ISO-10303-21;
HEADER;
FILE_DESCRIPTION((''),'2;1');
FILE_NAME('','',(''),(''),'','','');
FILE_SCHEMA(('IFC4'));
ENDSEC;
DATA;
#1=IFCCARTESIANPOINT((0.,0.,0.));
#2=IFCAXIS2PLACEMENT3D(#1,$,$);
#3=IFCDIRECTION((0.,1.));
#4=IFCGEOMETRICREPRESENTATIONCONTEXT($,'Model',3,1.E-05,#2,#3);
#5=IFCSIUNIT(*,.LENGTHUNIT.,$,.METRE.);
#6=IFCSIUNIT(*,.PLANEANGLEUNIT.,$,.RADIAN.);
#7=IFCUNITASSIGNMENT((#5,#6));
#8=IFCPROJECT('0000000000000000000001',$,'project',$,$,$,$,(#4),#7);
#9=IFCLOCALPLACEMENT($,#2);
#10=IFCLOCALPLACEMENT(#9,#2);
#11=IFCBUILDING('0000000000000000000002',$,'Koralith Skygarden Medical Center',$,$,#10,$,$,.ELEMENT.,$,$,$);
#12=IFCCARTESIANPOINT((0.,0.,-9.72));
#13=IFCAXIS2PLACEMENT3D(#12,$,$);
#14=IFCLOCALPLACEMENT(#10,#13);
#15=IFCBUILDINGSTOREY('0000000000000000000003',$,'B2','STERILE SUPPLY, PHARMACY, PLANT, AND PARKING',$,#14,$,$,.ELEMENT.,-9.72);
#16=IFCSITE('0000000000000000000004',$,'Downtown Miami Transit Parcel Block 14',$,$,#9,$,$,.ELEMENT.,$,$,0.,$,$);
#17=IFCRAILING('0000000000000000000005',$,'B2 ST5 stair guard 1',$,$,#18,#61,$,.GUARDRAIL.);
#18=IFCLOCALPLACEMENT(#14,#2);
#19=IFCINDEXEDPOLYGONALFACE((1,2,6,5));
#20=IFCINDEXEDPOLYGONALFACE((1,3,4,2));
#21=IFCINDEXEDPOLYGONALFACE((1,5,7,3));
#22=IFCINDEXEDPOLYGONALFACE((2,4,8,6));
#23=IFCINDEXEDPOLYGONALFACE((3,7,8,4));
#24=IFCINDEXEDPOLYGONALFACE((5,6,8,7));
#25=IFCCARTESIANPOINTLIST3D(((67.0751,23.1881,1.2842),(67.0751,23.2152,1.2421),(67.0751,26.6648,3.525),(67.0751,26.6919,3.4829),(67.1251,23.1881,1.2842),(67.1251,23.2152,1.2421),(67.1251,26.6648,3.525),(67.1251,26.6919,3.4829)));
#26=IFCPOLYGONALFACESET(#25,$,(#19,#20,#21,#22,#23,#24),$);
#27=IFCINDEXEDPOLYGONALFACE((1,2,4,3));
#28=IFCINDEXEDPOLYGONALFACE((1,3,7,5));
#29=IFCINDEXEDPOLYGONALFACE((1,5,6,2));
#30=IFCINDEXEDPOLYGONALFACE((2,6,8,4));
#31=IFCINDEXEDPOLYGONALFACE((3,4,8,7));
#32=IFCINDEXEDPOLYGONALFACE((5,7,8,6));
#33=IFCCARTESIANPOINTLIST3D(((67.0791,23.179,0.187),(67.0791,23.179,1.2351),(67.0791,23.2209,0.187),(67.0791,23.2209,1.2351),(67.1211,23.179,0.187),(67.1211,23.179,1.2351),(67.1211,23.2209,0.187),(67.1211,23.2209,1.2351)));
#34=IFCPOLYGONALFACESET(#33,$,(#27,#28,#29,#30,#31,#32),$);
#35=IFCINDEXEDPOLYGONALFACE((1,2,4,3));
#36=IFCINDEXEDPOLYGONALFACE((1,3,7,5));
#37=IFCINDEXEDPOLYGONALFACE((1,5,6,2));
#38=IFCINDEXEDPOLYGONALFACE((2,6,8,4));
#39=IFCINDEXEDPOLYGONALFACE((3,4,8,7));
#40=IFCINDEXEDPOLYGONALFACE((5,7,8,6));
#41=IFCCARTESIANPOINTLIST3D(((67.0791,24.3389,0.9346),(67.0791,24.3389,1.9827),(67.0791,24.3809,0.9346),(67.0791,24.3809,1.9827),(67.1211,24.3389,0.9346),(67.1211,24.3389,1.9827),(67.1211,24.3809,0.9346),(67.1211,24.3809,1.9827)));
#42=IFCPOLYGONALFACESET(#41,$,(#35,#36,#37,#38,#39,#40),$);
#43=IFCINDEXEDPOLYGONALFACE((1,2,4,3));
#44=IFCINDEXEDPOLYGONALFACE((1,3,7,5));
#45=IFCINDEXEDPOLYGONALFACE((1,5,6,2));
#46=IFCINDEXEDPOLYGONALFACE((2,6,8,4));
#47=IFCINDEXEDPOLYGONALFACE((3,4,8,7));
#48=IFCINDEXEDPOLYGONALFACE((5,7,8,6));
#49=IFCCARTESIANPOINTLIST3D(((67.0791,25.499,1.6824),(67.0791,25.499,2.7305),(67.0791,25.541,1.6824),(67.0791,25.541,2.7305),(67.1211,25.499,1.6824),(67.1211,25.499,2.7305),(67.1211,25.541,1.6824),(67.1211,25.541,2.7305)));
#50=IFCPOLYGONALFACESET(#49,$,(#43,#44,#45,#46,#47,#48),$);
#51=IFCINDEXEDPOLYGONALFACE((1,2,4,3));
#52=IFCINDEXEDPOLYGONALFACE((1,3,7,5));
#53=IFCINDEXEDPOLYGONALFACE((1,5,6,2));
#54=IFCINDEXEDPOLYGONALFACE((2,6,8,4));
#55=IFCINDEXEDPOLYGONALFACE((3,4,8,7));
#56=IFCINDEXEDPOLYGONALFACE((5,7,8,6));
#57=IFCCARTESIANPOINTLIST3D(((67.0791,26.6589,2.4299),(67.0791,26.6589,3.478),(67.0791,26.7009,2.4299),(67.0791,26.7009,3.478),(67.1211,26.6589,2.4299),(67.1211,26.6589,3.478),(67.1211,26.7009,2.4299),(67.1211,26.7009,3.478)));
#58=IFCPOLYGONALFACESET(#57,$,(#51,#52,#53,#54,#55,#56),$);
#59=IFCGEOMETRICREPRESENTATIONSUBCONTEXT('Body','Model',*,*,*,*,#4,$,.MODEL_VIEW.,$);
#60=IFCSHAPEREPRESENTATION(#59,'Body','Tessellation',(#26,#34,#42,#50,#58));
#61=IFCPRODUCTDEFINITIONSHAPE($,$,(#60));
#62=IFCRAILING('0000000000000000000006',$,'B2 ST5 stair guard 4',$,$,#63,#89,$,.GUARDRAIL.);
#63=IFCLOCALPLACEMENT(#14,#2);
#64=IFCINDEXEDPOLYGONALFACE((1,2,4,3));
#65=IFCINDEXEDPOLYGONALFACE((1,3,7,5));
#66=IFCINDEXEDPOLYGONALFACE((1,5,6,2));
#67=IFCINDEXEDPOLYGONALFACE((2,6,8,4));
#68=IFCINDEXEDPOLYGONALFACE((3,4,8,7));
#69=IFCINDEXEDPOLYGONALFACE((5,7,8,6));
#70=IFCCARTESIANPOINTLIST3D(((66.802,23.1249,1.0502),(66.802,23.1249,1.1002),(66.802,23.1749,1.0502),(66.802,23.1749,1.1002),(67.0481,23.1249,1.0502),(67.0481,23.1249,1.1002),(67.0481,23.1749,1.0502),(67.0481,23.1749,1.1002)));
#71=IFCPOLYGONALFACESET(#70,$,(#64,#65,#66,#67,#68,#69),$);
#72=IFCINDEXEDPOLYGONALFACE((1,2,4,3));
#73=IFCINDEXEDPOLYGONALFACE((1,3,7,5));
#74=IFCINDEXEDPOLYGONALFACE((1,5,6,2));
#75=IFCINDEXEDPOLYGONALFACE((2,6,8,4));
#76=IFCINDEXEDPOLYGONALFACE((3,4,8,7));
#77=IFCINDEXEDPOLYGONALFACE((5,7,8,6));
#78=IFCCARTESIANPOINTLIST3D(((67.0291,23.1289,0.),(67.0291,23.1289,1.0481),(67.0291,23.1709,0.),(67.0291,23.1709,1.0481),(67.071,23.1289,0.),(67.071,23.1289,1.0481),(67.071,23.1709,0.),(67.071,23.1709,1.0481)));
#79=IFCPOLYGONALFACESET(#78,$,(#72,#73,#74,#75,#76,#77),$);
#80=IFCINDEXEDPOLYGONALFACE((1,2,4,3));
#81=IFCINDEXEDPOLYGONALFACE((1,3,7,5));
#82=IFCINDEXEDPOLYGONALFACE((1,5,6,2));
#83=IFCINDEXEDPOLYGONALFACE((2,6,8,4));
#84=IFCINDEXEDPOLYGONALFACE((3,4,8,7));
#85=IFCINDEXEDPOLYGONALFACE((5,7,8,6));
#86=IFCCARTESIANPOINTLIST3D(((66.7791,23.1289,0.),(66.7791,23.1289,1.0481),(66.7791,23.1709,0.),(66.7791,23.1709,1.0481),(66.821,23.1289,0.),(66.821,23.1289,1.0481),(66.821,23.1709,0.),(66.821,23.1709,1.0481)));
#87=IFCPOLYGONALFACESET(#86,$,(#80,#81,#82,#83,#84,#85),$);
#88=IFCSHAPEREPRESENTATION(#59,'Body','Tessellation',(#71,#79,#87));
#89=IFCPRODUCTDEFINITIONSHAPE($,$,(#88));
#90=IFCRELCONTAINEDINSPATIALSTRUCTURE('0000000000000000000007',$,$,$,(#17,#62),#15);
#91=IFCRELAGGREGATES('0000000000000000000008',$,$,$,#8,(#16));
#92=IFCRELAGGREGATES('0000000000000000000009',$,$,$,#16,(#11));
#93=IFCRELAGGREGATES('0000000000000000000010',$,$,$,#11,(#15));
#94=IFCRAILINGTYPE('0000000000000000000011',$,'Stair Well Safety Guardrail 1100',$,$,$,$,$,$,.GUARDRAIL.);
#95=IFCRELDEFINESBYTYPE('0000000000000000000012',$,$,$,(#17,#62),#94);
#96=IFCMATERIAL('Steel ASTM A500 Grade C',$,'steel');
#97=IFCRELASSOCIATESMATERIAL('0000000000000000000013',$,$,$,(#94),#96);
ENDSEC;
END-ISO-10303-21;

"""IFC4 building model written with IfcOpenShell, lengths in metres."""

from ifc_helpers import new_model, si_unit, direction, frame, origin, origin_2d, place, context, subcontext, project, spatial, rectangle, extrude, material, type_object, element, save


model = new_model("IFC4")

# Units and contexts
model_context = context("Model", 3, precision=1e-05, world=origin(), true_north=direction((0.0, 1.0)))
body_context = subcontext(model_context, "Body", "Model", "MODEL_VIEW")
ifc_project = project(units=[si_unit("LENGTHUNIT", "METRE"), si_unit("PLANEANGLEUNIT", "RADIAN")], contexts=[model_context])

# Site, building, storey
site_placement = place(None, origin())
site = spatial("IfcSite", under=ifc_project, at=site_placement, Name="Downtown Miami Transit Parcel Block 14", CompositionType="ELEMENT", RefElevation=0.0)
building_placement = place(site_placement, origin())
building = spatial("IfcBuilding", under=site, at=building_placement, Name="Koralith Skygarden Medical Center", CompositionType="ELEMENT")
storey_placement = place(building_placement, frame((0.0, 0.0, -9.72)))
storey = spatial("IfcBuildingStorey", under=building, at=storey_placement, Name="B2", Description="STERILE SUPPLY, PHARMACY, PLANT, AND PARKING", CompositionType="ELEMENT", Elevation=-9.72)

# Shared definitions
ifc_material_1 = material(Name="Steel ASTM A500 Grade C", Category="steel")

# Railings
railing_type_1 = type_object("IfcRailingType", Name="Stair Well Safety Guardrail 1100", PredefinedType="GUARDRAIL", material=ifc_material_1)
railing_1_placement = place(storey_placement, frame((67.1001, 23.2, 0.187)))
element("IfcRailing", 1, at=railing_1_placement, inside=storey, type_object=railing_type_1, Name="B2 ST5 stair guard 1", PredefinedType="GUARDRAIL", context=body_context, shape_type="SweptSolid", body=[
    extrude(rectangle(XDim=0.05, YDim=0.05, at=origin_2d()), frame((0.0, 0.0017, 1.0762), z_axis=(0.0, 0.840542, 0.541747), x_axis=(-1.0, 0.0, 0.0)), (0.0, 0.0, 1.0), 4.1362),
    extrude(rectangle(XDim=0.042, YDim=0.042, at=origin_2d()), origin(), (0.0, 0.0, 1.0), 1.0481),
    extrude(rectangle(XDim=0.042, YDim=0.042, at=origin_2d()), frame((0.0, 1.1599, 0.7476)), (0.0, 0.0, 1.0), 1.0481),
    extrude(rectangle(XDim=0.042, YDim=0.042, at=origin_2d()), frame((0.0, 2.3201, 1.4954)), (0.0, 0.0, 1.0), 1.0481),
    extrude(rectangle(XDim=0.042, YDim=0.042, at=origin_2d()), frame((0.0, 3.48, 2.2429)), (0.0, 0.0, 1.0), 1.0481),
])
railing_2_placement = place(storey_placement, frame((67.05, 23.1499, 0.0)))
element("IfcRailing", 2, at=railing_2_placement, inside=storey, type_object=railing_type_1, Name="B2 ST5 stair guard 4", PredefinedType="GUARDRAIL", context=body_context, shape_type="SweptSolid", body=[
    extrude(rectangle(XDim=0.05, YDim=0.05, at=origin_2d()), frame((-0.002, 0.0, 1.0752), z_axis=(-1.0, 0.0, 0.0), x_axis=(0.0, -1.0, 0.0)), (0.0, 0.0, 1.0), 0.2461),
    extrude(rectangle(XDim=0.042, YDim=0.042, at=origin_2d()), origin(), (0.0, 0.0, 1.0), 1.0481),
    extrude(rectangle(XDim=0.042, YDim=0.042, at=origin_2d()), frame((-0.25, 0.0, 0.0)), (0.0, 0.0, 1.0), 1.0481),
])

save(model, "model.ifc")
